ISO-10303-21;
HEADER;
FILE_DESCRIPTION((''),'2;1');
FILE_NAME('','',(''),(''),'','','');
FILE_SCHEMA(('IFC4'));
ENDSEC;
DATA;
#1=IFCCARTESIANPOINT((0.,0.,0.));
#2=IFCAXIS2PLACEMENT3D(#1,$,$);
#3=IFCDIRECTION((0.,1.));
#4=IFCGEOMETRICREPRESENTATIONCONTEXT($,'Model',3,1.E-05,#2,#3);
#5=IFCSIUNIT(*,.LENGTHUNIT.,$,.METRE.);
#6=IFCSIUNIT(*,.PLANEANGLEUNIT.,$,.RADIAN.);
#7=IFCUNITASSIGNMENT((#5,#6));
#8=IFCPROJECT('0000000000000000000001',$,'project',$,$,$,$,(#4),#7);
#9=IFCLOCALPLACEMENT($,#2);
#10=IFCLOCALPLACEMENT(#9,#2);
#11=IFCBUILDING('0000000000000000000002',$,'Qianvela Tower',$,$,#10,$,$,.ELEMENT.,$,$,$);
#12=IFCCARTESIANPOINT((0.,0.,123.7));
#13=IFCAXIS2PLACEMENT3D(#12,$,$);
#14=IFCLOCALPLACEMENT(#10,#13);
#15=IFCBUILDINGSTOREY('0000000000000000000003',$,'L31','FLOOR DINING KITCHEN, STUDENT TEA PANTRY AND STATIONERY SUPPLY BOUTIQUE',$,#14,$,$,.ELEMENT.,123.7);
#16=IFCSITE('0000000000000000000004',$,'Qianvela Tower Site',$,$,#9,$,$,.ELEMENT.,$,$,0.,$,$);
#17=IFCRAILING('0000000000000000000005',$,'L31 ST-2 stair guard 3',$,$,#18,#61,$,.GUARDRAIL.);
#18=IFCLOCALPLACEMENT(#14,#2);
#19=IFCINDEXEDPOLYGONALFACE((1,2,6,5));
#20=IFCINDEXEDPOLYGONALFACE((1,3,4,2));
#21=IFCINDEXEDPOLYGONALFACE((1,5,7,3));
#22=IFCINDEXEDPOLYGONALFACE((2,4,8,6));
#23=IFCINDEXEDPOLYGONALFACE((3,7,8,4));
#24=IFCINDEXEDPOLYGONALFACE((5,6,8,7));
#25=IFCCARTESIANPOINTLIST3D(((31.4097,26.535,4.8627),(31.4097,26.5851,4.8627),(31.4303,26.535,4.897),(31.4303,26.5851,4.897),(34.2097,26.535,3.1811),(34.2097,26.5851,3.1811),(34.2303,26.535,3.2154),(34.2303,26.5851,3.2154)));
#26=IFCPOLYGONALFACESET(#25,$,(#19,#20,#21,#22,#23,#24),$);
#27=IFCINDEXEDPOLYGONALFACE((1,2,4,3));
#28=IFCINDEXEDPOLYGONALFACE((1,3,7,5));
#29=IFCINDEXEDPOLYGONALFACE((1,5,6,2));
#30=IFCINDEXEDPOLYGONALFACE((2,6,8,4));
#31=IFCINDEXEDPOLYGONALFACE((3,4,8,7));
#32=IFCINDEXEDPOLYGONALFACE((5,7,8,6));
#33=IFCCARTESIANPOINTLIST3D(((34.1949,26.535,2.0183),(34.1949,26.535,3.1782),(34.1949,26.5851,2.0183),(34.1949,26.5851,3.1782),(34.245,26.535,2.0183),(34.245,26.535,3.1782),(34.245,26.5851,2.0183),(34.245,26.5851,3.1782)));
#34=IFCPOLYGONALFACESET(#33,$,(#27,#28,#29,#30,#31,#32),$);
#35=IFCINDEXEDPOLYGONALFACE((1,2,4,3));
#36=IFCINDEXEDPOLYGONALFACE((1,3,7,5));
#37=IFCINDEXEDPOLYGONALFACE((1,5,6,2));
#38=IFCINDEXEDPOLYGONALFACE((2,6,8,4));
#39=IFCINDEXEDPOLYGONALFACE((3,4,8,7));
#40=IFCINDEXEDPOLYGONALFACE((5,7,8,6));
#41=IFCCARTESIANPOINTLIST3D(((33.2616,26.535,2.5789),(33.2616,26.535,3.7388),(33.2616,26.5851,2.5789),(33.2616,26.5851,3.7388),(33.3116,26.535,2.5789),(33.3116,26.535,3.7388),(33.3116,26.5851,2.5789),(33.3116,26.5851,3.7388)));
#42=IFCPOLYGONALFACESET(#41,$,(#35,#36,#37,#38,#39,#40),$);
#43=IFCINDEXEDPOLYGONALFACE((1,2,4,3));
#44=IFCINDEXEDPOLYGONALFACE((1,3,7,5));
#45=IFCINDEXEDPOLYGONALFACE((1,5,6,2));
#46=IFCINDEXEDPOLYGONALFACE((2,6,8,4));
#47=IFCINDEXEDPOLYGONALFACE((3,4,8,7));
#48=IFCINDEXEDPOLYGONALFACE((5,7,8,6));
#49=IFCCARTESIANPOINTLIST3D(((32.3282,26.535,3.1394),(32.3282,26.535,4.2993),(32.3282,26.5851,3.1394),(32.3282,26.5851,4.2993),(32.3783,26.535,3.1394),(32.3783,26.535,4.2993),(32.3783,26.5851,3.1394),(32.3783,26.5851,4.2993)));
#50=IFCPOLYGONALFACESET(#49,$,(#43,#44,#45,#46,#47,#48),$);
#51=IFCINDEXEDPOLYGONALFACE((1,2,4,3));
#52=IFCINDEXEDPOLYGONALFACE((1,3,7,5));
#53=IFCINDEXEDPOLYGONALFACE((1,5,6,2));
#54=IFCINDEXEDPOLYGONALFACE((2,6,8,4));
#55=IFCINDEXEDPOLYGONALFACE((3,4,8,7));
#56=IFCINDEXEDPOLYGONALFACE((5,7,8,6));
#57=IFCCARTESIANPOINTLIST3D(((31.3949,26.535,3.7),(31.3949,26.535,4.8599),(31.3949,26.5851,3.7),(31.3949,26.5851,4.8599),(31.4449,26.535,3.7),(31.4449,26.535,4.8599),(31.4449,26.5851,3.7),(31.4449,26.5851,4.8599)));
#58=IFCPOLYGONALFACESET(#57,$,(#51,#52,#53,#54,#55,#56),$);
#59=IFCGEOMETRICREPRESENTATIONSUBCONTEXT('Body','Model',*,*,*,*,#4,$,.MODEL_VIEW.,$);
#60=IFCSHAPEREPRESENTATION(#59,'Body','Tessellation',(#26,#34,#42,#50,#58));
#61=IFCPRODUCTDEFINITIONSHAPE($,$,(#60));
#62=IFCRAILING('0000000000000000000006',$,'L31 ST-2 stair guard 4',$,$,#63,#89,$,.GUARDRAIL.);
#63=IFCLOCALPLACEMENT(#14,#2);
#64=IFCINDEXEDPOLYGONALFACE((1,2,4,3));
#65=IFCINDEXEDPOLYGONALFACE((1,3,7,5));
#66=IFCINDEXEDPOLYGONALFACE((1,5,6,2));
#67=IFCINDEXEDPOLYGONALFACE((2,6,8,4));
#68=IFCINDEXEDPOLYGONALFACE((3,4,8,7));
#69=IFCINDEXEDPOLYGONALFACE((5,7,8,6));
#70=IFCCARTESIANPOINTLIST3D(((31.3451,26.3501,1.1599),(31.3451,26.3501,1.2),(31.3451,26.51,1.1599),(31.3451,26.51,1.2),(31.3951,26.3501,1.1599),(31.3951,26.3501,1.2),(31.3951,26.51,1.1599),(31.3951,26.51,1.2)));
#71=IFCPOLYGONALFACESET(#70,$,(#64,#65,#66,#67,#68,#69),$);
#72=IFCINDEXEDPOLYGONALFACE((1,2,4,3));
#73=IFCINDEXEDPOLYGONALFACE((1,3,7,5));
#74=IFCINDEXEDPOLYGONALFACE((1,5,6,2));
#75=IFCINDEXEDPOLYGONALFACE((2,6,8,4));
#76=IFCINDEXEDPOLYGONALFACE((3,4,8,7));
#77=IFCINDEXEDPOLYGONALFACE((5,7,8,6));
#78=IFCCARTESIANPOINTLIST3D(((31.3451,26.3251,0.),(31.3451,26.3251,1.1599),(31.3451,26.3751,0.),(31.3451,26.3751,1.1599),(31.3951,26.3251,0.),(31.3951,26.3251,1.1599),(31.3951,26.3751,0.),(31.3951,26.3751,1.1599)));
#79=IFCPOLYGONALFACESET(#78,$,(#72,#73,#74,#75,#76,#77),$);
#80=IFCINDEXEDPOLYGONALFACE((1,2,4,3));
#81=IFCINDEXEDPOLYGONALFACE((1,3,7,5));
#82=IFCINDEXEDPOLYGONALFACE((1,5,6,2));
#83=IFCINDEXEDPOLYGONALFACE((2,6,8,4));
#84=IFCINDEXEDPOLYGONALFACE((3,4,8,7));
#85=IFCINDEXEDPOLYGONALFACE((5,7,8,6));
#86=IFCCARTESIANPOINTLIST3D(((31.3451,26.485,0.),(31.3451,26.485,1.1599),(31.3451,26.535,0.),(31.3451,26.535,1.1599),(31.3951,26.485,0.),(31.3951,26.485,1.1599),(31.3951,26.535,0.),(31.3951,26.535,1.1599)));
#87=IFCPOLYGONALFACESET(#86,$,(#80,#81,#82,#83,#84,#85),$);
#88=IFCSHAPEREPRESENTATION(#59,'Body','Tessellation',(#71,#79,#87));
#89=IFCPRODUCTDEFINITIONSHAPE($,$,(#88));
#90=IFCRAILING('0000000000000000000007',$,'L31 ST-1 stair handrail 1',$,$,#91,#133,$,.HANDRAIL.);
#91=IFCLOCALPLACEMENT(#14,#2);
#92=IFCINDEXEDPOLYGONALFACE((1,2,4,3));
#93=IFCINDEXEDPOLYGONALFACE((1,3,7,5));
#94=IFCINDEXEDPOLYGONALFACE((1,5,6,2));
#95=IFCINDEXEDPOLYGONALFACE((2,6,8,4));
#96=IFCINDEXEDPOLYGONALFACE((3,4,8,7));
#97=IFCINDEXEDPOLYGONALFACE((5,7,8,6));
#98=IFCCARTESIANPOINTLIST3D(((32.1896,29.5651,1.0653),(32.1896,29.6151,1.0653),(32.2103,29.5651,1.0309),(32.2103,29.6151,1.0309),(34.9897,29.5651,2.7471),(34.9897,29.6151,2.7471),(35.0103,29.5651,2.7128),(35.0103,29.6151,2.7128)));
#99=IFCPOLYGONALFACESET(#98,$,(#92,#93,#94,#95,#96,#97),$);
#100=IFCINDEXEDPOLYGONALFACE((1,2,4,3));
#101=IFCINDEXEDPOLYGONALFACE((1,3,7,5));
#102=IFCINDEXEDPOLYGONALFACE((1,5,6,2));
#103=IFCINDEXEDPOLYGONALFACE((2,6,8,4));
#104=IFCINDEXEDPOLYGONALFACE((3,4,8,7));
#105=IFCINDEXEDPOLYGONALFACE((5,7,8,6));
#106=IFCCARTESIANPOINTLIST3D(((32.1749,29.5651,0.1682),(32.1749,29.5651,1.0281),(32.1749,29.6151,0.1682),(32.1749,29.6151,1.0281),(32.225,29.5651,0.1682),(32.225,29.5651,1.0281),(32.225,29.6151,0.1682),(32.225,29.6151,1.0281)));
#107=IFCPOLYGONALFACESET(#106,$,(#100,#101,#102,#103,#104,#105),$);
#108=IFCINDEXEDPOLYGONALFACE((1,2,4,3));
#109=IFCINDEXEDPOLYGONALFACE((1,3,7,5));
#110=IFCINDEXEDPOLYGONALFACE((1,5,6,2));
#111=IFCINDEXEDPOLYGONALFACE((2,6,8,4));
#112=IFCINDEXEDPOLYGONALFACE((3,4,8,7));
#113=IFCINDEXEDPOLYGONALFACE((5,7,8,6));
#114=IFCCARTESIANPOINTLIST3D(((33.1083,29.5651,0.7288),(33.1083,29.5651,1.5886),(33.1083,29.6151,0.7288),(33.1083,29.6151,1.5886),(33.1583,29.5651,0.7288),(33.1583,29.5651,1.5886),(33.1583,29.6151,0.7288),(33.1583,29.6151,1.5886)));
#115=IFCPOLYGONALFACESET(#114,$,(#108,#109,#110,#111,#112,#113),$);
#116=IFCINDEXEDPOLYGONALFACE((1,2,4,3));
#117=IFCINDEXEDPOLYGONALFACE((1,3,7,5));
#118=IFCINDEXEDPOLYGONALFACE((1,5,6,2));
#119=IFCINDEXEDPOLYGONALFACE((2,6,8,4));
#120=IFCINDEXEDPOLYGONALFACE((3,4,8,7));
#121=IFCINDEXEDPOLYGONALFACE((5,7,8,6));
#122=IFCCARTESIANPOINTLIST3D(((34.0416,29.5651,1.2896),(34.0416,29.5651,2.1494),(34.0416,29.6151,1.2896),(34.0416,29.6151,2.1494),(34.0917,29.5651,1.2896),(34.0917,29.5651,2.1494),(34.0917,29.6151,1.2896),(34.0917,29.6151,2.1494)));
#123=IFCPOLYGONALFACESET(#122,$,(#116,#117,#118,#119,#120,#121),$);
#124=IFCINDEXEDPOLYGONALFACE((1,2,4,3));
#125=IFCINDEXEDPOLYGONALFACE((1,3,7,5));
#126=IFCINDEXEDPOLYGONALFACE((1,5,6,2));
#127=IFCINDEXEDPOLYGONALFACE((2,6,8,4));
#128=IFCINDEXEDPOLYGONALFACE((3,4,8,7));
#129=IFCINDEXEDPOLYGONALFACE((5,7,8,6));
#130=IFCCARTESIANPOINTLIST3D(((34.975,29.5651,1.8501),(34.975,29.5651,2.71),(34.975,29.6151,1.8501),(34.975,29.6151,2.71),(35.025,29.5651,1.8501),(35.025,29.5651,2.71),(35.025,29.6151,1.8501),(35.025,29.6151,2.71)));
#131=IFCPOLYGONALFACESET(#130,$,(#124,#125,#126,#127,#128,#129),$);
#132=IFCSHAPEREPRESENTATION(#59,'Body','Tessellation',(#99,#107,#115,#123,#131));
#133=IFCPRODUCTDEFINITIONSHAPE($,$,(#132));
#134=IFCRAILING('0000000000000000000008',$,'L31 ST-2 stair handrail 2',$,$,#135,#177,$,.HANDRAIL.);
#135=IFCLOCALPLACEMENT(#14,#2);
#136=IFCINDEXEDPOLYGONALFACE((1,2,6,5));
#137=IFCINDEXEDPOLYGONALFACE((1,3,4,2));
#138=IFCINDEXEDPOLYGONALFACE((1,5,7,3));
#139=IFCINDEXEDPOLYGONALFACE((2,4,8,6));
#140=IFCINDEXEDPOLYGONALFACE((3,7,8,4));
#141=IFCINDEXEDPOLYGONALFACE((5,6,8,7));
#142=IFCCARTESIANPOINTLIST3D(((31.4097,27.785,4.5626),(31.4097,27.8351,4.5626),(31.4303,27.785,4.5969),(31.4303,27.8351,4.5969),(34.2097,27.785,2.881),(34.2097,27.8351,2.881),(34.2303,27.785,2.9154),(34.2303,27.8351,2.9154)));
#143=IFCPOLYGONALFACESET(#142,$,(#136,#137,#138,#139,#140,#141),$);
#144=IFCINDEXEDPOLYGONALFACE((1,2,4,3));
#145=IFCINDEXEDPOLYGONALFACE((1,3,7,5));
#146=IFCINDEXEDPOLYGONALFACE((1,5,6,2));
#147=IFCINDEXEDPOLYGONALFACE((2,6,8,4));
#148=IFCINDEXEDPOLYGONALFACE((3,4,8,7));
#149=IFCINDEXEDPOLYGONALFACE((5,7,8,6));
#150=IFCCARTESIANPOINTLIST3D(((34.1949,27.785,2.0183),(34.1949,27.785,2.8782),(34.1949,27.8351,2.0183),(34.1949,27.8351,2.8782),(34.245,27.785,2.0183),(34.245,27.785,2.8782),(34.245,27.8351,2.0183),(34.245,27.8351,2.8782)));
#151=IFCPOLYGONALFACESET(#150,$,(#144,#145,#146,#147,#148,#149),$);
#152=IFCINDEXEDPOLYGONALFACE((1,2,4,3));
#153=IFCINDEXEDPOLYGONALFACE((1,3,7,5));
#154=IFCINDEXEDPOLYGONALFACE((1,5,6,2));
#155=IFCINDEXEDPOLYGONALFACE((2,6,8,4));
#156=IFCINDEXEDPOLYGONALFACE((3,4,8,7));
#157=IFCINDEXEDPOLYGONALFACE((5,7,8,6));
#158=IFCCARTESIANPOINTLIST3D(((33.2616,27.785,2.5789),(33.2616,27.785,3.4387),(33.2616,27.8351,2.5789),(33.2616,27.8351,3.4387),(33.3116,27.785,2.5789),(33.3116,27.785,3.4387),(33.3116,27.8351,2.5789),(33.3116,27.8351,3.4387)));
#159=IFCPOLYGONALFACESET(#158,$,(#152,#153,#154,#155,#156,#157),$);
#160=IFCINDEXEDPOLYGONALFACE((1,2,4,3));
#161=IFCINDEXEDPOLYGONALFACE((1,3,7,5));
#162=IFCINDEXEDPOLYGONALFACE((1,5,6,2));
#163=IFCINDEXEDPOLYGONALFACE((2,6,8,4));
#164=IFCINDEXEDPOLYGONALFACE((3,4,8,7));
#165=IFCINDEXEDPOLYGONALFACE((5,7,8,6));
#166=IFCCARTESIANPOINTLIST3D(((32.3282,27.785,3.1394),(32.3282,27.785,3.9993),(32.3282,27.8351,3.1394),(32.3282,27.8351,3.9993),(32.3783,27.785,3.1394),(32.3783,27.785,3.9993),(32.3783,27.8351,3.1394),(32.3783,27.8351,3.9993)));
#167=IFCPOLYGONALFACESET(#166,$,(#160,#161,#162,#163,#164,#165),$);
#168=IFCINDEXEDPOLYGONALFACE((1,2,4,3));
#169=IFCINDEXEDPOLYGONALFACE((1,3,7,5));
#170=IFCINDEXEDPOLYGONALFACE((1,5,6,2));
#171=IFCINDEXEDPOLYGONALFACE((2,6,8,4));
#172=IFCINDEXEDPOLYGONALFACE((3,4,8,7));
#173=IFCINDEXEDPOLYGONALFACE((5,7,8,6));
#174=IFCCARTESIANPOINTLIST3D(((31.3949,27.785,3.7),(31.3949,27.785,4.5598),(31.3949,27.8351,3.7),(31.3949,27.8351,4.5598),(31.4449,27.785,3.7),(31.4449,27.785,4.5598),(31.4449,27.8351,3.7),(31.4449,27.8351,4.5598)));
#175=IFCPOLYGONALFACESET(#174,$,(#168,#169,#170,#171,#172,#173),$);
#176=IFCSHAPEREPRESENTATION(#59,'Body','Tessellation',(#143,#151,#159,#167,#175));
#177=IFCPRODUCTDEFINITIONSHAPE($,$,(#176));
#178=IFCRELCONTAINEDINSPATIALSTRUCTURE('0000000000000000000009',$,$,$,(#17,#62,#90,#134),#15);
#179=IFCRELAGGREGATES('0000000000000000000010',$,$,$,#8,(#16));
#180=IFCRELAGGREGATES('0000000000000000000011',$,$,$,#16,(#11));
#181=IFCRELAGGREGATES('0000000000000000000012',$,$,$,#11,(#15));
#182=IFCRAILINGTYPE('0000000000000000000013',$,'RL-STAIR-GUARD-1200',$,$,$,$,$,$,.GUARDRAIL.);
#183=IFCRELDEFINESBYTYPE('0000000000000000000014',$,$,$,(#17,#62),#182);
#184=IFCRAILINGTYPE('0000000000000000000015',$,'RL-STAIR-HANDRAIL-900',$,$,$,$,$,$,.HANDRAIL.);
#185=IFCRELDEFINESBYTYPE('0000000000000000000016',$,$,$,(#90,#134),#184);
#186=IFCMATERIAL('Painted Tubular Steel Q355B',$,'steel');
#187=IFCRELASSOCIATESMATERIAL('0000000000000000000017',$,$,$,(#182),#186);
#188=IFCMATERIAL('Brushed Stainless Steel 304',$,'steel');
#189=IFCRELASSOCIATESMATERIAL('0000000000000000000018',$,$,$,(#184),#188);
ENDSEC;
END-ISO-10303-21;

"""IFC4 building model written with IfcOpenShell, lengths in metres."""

from ifc_helpers import new_model, si_unit, direction, frame, origin, origin_2d, place, context, subcontext, project, spatial, rectangle, extrude, material, type_object, element, save


model = new_model("IFC4")

# Units and contexts
model_context = context("Model", 3, precision=1e-05, world=origin(), true_north=direction((0.0, 1.0)))
body_context = subcontext(model_context, "Body", "Model", "MODEL_VIEW")
ifc_project = project(units=[si_unit("LENGTHUNIT", "METRE"), si_unit("PLANEANGLEUNIT", "RADIAN")], contexts=[model_context])

# Site, building, storey
site_placement = place(None, origin())
site = spatial("IfcSite", under=ifc_project, at=site_placement, Name="Qianvela Tower Site", CompositionType="ELEMENT", RefElevation=0.0)
building_placement = place(site_placement, origin())
building = spatial("IfcBuilding", under=site, at=building_placement, Name="Qianvela Tower", CompositionType="ELEMENT")
storey_placement = place(building_placement, frame((0.0, 0.0, 123.7)))
storey = spatial("IfcBuildingStorey", under=building, at=storey_placement, Name="L31", Description="FLOOR DINING KITCHEN, STUDENT TEA PANTRY AND STATIONERY SUPPLY BOUTIQUE", CompositionType="ELEMENT", Elevation=123.7)

# Railings
ifc_material_1 = material(Name="Painted Tubular Steel Q355B", Category="steel")
railing_type_1 = type_object("IfcRailingType", Name="RL-STAIR-GUARD-1200", PredefinedType="GUARDRAIL", material=ifc_material_1)
railing_1_placement = place(storey_placement, frame((34.22, 26.5601, 2.0183)))
element("IfcRailing", 1, at=railing_1_placement, inside=storey, type_object=railing_type_1, Name="L31 ST-2 stair guard 3", PredefinedType="GUARDRAIL", context=body_context, shape_type="SweptSolid", body=[
    extrude(rectangle(XDim=0.05, YDim=0.04, at=origin_2d()), frame((0.0, 0.0, 1.1799), z_axis=(-0.857275, 0.0, 0.514858), x_axis=(0.0, -1.0, 0.0)), (0.0, 0.0, 1.0), 3.2661),
    extrude(rectangle(XDim=0.05, YDim=0.05, at=origin_2d()), origin(), (0.0, 0.0, 1.0), 1.1599),
    extrude(rectangle(XDim=0.05, YDim=0.05, at=origin_2d()), frame((-0.9333, 0.0, 0.5605)), (0.0, 0.0, 1.0), 1.1599),
    extrude(rectangle(XDim=0.05, YDim=0.05, at=origin_2d()), frame((-1.8667, 0.0, 1.1211)), (0.0, 0.0, 1.0), 1.1599),
    extrude(rectangle(XDim=0.05, YDim=0.05, at=origin_2d()), frame((-2.8, 0.0, 1.6816)), (0.0, 0.0, 1.0), 1.1599),
])
railing_2_placement = place(storey_placement, frame((31.3701, 26.3501, 0.0)))
element("IfcRailing", 2, at=railing_2_placement, inside=storey, type_object=railing_type_1, Name="L31 ST-2 stair guard 4", PredefinedType="GUARDRAIL", context=body_context, shape_type="SweptSolid", body=[
    extrude(rectangle(XDim=0.05, YDim=0.04, at=origin_2d()), frame((0.0, 0.0, 1.1799), z_axis=(0.0, 1.0, 0.0), x_axis=(-1.0, 0.0, 0.0)), (0.0, 0.0, 1.0), 0.1599),
    extrude(rectangle(XDim=0.05, YDim=0.05, at=origin_2d()), origin(), (0.0, 0.0, 1.0), 1.1599),
    extrude(rectangle(XDim=0.05, YDim=0.05, at=origin_2d()), frame((0.0, 0.1599, 0.0)), (0.0, 0.0, 1.0), 1.1599),
])
ifc_material_2 = material(Name="Brushed Stainless Steel 304", Category="steel")
railing_type_2 = type_object("IfcRailingType", Name="RL-STAIR-HANDRAIL-900", PredefinedType="HANDRAIL", material=ifc_material_2)
railing_3_placement = place(storey_placement, frame((32.2, 29.5901, 0.1682)))
element("IfcRailing", 3, at=railing_3_placement, inside=storey, type_object=railing_type_2, Name="L31 ST-1 stair handrail 1", PredefinedType="HANDRAIL", context=body_context, shape_type="SweptSolid", body=[
    extrude(rectangle(XDim=0.05, YDim=0.04, at=origin_2d()), frame((0.0, 0.0, 0.8799), z_axis=(0.857242, 0.0, 0.514913), x_axis=(0.0, 1.0, 0.0)), (0.0, 0.0, 1.0), 3.2664),
    extrude(rectangle(XDim=0.05, YDim=0.05, at=origin_2d()), origin(), (0.0, 0.0, 1.0), 0.8599),
    extrude(rectangle(XDim=0.05, YDim=0.05, at=origin_2d()), frame((0.9333, 0.0, 0.5605)), (0.0, 0.0, 1.0), 0.8599),
    extrude(rectangle(XDim=0.05, YDim=0.05, at=origin_2d()), frame((1.8667, 0.0, 1.1213)), (0.0, 0.0, 1.0), 0.8599),
    extrude(rectangle(XDim=0.05, YDim=0.05, at=origin_2d()), frame((2.8, 0.0, 1.6819)), (0.0, 0.0, 1.0), 0.8599),
])
railing_4_placement = place(storey_placement, frame((34.22, 27.8101, 2.0183)))
element("IfcRailing", 4, at=railing_4_placement, inside=storey, type_object=railing_type_2, Name="L31 ST-2 stair handrail 2", PredefinedType="HANDRAIL", context=body_context, shape_type="SweptSolid", body=[
    extrude(rectangle(XDim=0.05, YDim=0.04, at=origin_2d()), frame((0.0, 0.0, 0.8799), z_axis=(-0.857275, 0.0, 0.514858), x_axis=(0.0, -1.0, 0.0)), (0.0, 0.0, 1.0), 3.2661),
    extrude(rectangle(XDim=0.05, YDim=0.05, at=origin_2d()), origin(), (0.0, 0.0, 1.0), 0.8599),
    extrude(rectangle(XDim=0.05, YDim=0.05, at=origin_2d()), frame((-0.9333, 0.0, 0.5605)), (0.0, 0.0, 1.0), 0.8599),
    extrude(rectangle(XDim=0.05, YDim=0.05, at=origin_2d()), frame((-1.8667, 0.0, 1.1211)), (0.0, 0.0, 1.0), 0.8599),
    extrude(rectangle(XDim=0.05, YDim=0.05, at=origin_2d()), frame((-2.8, 0.0, 1.6816)), (0.0, 0.0, 1.0), 0.8599),
])

save(model, "model.ifc")
